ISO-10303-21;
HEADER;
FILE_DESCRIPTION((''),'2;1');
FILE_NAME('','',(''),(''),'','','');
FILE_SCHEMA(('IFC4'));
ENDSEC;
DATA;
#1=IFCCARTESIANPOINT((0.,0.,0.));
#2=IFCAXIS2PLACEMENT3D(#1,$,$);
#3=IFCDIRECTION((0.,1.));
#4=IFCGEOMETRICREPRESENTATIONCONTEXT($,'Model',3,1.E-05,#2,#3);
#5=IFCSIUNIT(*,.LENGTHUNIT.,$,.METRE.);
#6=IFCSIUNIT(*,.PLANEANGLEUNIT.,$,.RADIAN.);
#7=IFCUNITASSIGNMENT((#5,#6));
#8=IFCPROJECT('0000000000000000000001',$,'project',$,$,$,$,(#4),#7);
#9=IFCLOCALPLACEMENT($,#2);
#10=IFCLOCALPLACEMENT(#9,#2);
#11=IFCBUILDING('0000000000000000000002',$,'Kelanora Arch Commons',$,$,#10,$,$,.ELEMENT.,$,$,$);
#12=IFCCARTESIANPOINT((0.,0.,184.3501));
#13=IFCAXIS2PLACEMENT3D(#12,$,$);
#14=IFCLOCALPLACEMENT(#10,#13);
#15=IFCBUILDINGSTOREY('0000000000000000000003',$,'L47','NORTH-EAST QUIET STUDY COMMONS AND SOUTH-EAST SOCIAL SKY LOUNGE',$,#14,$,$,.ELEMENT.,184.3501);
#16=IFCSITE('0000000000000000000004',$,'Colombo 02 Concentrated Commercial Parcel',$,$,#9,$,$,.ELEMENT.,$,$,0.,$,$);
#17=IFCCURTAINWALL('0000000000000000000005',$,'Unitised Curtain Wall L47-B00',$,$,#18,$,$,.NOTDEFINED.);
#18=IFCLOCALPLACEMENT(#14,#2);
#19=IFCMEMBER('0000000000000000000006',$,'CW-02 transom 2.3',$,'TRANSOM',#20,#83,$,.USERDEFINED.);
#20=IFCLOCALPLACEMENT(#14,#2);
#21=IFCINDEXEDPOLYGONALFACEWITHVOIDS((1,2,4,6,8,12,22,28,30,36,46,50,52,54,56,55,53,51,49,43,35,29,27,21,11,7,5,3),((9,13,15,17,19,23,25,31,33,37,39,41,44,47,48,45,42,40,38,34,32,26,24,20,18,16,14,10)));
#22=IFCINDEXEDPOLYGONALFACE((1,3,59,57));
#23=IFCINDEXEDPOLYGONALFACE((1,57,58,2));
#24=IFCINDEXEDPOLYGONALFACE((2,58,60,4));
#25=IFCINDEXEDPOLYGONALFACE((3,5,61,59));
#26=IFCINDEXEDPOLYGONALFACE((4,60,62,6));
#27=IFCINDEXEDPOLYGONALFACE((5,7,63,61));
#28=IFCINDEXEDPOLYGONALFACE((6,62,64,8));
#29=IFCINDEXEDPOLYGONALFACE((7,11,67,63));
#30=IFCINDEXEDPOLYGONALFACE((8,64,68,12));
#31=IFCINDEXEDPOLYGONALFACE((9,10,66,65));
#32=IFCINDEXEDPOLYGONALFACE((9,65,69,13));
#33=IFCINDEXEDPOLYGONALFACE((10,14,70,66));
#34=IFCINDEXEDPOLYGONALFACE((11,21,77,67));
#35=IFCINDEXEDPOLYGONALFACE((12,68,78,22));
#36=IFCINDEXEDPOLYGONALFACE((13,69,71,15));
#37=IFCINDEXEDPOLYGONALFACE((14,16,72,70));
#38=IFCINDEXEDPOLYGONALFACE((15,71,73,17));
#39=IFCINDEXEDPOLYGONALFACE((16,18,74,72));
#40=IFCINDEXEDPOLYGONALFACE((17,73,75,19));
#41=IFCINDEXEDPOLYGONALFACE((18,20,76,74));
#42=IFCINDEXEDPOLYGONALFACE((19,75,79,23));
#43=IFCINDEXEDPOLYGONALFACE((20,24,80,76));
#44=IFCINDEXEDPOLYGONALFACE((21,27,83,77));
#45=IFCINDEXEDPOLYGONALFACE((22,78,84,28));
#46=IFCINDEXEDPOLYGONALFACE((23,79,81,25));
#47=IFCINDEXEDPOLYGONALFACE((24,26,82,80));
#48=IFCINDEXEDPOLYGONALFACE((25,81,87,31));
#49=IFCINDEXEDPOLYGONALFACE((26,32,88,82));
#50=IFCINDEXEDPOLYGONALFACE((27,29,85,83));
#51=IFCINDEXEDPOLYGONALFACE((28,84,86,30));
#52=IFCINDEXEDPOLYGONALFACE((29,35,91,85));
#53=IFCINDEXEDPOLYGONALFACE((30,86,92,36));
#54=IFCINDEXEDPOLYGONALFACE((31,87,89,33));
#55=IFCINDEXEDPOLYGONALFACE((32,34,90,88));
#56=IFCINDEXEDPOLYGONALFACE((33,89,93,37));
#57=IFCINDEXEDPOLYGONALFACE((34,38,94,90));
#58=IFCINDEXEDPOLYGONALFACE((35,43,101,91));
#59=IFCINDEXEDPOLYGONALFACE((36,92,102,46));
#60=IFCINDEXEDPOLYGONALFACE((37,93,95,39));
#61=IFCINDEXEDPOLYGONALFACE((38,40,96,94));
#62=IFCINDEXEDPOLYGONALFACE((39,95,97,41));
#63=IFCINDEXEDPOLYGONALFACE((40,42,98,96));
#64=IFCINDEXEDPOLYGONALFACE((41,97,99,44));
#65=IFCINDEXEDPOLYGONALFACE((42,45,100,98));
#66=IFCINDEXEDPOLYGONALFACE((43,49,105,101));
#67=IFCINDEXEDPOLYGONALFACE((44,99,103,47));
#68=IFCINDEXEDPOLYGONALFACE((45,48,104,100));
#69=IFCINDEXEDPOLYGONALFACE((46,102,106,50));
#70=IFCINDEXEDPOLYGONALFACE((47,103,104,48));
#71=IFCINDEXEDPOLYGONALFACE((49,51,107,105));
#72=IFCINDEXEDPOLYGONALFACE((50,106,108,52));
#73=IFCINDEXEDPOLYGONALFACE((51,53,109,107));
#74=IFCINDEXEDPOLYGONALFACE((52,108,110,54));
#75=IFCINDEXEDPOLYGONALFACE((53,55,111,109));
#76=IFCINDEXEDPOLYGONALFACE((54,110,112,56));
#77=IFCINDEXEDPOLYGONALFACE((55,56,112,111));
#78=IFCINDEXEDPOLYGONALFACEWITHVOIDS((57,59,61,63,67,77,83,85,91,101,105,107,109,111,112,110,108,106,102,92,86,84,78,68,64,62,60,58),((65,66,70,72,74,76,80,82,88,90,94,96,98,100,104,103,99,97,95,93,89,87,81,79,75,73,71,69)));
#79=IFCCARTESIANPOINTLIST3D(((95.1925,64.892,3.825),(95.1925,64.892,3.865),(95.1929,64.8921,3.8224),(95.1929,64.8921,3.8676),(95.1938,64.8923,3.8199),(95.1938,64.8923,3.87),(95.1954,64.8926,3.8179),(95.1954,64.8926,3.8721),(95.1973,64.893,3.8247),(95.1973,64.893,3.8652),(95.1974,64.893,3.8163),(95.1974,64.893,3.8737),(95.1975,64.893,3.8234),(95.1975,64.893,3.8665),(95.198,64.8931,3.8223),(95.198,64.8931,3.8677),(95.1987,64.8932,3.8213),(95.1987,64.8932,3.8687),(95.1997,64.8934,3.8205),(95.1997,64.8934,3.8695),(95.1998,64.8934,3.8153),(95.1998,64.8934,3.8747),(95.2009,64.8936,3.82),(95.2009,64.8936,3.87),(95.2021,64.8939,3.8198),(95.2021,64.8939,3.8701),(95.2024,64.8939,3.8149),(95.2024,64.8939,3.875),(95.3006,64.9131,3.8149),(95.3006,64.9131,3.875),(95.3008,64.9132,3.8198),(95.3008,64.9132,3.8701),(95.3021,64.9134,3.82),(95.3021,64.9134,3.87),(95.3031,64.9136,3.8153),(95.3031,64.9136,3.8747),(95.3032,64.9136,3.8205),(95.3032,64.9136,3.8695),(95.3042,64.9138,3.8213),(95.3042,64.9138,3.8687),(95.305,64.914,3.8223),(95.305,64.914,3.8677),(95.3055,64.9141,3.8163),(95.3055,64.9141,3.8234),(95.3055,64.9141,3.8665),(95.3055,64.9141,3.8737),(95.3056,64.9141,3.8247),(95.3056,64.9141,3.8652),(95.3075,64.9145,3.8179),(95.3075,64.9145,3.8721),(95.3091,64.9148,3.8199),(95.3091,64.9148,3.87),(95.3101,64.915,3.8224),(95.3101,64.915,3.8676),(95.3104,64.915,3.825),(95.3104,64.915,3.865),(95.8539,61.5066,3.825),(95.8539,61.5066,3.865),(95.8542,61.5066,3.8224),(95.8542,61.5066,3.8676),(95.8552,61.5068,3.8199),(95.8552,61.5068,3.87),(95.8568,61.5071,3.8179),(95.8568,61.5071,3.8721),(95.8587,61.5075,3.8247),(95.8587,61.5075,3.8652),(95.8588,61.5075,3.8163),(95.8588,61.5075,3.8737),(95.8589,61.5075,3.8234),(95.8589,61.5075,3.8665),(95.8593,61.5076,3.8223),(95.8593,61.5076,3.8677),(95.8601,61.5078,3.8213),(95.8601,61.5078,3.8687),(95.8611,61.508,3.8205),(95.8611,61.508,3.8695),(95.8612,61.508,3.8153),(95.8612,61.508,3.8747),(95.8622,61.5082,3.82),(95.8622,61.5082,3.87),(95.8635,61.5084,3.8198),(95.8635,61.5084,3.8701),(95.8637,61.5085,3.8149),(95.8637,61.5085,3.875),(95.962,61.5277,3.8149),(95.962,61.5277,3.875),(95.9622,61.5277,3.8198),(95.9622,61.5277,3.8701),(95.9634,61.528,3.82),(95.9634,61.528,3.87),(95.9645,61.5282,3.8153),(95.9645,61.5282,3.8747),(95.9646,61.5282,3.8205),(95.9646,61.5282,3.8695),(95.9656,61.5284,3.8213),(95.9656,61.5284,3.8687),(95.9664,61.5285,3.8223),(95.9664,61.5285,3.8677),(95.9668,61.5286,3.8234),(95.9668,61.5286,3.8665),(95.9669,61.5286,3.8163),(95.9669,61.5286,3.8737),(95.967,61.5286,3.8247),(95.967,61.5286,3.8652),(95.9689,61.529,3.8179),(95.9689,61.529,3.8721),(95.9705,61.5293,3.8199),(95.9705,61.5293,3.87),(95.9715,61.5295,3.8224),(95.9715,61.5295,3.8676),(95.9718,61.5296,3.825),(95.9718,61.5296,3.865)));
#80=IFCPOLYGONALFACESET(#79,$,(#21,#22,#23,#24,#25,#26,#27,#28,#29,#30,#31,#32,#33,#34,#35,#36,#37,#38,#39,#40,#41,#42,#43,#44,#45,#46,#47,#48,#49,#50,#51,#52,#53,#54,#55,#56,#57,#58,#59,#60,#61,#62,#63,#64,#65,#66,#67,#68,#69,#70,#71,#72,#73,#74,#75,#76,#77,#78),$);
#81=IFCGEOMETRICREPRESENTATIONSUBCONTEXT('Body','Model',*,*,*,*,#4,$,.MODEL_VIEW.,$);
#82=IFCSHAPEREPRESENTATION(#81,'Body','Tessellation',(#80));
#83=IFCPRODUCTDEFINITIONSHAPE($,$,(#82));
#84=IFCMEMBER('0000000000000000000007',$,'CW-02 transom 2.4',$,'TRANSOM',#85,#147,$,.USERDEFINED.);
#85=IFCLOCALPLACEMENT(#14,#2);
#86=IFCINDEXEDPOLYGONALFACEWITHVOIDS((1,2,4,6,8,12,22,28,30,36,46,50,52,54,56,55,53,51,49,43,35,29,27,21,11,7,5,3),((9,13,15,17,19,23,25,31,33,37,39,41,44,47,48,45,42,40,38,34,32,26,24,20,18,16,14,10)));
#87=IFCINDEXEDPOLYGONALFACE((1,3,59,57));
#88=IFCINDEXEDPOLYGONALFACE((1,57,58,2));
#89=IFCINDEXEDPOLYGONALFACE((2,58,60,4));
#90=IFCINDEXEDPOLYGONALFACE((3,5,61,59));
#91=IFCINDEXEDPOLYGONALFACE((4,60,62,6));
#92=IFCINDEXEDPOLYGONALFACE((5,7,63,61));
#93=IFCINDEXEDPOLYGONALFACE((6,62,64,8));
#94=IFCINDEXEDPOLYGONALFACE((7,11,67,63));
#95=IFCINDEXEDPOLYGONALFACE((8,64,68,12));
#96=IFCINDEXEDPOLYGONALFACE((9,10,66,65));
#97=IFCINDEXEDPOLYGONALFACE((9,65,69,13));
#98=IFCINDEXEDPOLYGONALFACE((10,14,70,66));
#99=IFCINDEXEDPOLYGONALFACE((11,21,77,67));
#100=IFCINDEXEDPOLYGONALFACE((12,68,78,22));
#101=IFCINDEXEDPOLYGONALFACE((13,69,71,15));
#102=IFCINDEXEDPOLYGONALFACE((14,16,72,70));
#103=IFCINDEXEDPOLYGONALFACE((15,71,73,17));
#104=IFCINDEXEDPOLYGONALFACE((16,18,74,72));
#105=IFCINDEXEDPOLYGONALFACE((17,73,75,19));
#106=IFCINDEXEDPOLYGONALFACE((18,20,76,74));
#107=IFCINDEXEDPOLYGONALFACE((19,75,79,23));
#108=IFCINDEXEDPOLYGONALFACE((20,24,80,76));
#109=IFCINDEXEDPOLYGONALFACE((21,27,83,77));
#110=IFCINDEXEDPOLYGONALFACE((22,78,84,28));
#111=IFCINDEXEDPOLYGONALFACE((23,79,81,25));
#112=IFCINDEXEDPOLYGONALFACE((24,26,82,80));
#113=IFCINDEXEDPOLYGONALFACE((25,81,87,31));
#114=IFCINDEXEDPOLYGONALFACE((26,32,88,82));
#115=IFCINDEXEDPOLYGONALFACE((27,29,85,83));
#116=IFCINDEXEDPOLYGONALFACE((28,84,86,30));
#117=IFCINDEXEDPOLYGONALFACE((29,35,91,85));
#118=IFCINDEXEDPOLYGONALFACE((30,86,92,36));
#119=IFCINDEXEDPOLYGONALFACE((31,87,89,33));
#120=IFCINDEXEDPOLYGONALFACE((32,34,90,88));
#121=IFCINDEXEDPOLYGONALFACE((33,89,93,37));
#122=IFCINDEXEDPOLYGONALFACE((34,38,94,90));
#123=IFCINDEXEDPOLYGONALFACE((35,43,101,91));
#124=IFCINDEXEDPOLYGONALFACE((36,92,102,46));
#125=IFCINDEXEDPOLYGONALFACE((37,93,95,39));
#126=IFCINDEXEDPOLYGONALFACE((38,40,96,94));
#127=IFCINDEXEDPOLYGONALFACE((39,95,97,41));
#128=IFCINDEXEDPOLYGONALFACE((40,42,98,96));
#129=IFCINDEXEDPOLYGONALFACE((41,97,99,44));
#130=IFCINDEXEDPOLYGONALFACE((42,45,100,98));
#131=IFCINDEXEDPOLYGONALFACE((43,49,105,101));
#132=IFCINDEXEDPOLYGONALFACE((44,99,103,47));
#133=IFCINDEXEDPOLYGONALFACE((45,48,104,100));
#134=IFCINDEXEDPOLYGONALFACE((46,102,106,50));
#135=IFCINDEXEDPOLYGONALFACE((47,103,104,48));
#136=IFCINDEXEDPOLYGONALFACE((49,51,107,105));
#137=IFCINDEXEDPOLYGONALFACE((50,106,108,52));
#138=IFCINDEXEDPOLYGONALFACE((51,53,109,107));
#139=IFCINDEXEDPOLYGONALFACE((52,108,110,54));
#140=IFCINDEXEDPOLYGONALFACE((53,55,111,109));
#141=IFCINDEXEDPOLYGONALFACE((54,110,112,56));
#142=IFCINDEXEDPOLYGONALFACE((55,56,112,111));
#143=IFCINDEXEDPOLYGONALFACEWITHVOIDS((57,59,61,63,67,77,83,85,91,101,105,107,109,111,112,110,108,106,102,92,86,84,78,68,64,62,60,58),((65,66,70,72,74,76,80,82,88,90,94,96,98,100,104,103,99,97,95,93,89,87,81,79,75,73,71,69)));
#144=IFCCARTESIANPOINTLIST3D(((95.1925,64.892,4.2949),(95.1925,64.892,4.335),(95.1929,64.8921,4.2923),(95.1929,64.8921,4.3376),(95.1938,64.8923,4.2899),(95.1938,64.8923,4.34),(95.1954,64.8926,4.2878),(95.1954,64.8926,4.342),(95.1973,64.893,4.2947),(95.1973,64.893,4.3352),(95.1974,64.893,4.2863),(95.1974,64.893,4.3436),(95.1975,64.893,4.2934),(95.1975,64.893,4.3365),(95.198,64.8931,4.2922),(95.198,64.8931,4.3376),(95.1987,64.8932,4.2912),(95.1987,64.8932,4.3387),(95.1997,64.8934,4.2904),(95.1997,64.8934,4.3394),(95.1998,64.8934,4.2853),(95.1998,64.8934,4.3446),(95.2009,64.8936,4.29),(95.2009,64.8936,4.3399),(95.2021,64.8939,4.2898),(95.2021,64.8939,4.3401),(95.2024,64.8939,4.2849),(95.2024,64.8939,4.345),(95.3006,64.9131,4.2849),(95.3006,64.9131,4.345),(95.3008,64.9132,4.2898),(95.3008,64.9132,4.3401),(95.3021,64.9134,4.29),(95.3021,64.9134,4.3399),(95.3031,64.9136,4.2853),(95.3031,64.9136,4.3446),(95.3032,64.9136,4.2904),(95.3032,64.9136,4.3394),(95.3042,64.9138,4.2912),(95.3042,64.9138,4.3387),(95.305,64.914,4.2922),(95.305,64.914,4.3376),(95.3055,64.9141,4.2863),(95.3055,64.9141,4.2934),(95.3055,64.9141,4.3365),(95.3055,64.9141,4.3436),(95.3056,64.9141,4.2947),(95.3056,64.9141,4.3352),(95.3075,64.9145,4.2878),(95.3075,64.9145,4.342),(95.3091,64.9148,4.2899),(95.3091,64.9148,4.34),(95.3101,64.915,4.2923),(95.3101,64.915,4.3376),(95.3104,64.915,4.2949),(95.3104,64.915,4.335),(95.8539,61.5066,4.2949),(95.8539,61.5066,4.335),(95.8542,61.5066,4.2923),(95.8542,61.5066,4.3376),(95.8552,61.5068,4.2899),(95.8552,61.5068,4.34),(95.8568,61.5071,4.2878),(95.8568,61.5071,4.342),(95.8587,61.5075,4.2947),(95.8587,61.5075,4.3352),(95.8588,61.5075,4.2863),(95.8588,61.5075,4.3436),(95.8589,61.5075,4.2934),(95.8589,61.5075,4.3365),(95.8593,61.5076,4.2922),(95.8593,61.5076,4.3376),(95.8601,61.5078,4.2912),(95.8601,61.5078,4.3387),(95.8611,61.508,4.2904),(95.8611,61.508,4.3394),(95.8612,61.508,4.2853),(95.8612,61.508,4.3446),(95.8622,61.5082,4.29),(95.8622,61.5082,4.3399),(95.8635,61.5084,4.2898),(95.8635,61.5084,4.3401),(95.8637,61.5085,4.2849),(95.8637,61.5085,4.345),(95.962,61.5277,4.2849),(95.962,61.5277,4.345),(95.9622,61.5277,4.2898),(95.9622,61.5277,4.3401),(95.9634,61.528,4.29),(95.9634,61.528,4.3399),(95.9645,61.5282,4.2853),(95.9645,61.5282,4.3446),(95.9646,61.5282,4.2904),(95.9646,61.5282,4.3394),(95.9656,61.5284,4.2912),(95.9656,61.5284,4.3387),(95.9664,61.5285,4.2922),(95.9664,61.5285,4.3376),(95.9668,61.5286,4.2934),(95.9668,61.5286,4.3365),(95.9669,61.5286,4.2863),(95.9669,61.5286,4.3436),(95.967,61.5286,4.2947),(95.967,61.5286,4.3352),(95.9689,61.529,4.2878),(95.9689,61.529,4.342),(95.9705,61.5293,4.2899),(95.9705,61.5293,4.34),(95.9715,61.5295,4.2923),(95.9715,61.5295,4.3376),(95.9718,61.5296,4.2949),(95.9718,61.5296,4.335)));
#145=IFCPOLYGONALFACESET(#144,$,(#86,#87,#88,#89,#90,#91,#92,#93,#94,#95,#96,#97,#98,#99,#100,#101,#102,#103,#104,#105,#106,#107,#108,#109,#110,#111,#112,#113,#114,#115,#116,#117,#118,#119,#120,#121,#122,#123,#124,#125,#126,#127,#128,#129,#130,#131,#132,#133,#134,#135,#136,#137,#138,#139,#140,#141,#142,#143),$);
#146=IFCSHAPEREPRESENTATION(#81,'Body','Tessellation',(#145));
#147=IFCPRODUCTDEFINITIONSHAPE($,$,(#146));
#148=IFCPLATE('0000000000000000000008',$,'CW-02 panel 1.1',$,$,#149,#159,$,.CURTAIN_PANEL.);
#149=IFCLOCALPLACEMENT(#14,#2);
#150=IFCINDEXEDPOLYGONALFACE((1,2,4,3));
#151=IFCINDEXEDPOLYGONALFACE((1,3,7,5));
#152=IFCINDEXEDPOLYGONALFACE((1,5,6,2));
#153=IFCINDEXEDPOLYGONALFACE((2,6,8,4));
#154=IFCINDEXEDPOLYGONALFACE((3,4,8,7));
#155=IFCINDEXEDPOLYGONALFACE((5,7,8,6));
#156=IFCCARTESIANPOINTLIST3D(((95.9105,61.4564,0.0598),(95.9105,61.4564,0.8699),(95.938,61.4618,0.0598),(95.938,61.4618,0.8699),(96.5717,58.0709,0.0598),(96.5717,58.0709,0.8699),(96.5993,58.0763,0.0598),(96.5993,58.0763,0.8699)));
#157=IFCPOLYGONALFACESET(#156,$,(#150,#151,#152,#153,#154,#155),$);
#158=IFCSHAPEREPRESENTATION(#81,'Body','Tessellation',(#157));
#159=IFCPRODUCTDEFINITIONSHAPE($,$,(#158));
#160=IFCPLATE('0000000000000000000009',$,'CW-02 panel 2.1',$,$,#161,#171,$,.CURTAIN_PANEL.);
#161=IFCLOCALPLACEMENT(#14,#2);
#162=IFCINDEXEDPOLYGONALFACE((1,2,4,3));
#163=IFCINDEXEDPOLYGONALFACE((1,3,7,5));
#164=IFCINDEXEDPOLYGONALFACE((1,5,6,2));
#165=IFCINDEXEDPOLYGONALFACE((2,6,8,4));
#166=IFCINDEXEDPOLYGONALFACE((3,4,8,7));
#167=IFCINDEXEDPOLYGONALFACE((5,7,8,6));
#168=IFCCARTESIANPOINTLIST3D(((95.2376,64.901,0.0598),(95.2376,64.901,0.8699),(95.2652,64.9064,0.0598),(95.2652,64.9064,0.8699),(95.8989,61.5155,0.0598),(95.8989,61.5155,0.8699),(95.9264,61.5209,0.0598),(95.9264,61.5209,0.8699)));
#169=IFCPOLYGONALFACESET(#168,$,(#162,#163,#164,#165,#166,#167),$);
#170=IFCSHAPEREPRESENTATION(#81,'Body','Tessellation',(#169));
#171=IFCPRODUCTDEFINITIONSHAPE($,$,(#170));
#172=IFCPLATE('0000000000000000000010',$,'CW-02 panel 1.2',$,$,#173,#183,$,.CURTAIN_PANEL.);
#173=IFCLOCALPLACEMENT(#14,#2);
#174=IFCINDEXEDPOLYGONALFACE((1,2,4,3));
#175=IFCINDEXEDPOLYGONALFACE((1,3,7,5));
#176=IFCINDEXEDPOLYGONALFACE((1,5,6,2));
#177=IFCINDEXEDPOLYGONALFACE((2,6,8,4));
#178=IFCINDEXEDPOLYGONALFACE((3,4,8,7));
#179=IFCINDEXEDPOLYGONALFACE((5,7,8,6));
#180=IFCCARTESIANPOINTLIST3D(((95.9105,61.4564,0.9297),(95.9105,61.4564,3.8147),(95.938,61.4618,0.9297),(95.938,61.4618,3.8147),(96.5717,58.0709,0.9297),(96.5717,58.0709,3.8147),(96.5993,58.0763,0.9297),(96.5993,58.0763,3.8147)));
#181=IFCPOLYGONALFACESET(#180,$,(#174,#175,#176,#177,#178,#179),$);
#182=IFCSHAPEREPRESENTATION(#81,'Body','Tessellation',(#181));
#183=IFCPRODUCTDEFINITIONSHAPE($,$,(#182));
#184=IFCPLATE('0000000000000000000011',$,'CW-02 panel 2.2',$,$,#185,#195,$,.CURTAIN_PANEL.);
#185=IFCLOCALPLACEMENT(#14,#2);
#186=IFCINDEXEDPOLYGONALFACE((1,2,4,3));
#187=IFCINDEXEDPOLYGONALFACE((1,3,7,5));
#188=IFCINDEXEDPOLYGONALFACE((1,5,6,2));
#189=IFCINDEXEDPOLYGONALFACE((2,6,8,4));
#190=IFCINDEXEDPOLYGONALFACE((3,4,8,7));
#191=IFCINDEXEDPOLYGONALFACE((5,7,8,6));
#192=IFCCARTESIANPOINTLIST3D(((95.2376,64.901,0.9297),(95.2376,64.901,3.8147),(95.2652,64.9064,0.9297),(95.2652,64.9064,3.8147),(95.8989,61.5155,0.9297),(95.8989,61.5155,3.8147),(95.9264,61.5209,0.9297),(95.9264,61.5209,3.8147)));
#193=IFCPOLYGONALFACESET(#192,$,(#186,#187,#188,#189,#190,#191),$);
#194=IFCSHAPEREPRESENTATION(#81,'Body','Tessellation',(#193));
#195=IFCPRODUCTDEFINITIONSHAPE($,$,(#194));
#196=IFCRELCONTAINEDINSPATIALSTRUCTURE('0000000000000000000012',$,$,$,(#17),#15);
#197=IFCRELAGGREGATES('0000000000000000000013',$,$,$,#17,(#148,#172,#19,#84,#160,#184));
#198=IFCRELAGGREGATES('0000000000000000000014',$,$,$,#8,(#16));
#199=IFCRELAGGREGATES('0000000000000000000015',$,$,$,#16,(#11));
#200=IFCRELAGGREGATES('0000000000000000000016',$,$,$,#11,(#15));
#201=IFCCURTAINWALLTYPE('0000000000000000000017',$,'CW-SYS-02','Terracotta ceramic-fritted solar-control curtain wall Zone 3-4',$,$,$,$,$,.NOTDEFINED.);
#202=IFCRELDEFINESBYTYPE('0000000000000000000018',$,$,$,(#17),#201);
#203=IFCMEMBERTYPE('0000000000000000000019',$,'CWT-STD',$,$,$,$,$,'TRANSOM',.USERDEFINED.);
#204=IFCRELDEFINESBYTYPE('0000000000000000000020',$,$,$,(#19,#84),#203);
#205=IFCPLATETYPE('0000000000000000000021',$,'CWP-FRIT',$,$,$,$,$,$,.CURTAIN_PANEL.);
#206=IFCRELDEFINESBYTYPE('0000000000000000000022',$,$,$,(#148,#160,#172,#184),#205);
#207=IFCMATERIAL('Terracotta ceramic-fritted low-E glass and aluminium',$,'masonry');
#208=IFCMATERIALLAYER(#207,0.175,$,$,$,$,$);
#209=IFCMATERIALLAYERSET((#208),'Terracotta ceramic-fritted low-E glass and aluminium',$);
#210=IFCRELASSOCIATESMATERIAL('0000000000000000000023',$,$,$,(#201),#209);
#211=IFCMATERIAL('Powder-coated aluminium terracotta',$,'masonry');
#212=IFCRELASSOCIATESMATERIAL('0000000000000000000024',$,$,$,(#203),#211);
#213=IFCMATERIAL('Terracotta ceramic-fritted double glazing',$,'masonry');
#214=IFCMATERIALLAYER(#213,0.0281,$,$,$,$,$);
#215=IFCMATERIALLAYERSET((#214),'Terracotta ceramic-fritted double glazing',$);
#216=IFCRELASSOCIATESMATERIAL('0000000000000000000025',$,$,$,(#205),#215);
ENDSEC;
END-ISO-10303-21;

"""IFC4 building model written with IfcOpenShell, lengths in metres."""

from ifc_helpers import new_model, si_unit, direction, frame, origin, origin_2d, place, context, subcontext, project, spatial, rectangle, hollow_rectangle, extrude, source, transform, mapped, material, layer, layer_set, material_profile, profile_set, type_object, element, aggregate, save


model = new_model("IFC4")

# Units and contexts
model_context = context("Model", 3, precision=1e-05, world=origin(), true_north=direction((0.0, 1.0)))
body_context = subcontext(model_context, "Body", "Model", "MODEL_VIEW")
ifc_project = project(units=[si_unit("LENGTHUNIT", "METRE"), si_unit("PLANEANGLEUNIT", "RADIAN")], contexts=[model_context])

# Site, building, storey
site_placement = place(None, origin())
site = spatial("IfcSite", under=ifc_project, at=site_placement, Name="Colombo 02 Concentrated Commercial Parcel", CompositionType="ELEMENT", RefElevation=0.0)
building_placement = place(site_placement, origin())
building = spatial("IfcBuilding", under=site, at=building_placement, Name="Kelanora Arch Commons", CompositionType="ELEMENT")
storey_placement = place(building_placement, frame((0.0, 0.0, 184.3501)))
storey = spatial("IfcBuildingStorey", under=building, at=storey_placement, Name="L47", Description="NORTH-EAST QUIET STUDY COMMONS AND SOUTH-EAST SOCIAL SKY LOUNGE", CompositionType="ELEMENT", Elevation=184.3501)

# Curtain wall, members, plates
ifc_material_1 = material(Name="Terracotta ceramic-fritted low-E glass and aluminium", Category="masonry")
ifc_layer_1 = layer(ifc_material_1, 0.175)
ifc_layer_set_1 = layer_set([ifc_layer_1], Name="Terracotta ceramic-fritted low-E glass and aluminium")
curtain_wall_type = type_object("IfcCurtainWallType", Name="CW-SYS-02", Description="Terracotta ceramic-fritted solar-control curtain wall Zone 3-4", PredefinedType="NOTDEFINED", material=ifc_layer_set_1)
curtain_wall_placement = place(storey_placement, origin())
curtain_wall = element("IfcCurtainWall", 1, at=curtain_wall_placement, inside=storey, type_object=curtain_wall_type, Name="Unitised Curtain Wall L47-B00", PredefinedType="NOTDEFINED")
ifc_material_2 = material(Name="Powder-coated aluminium terracotta", Category="masonry")
ifc_material_profile_1 = material_profile(ifc_material_2, hollow_rectangle(XDim=0.1201, YDim=0.0601, WallThickness=0.0049, InnerFilletRadius=0.0049, OuterFilletRadius=0.01, at=origin_2d()), Name="CWT120x60")
ifc_profile_set_1 = profile_set([ifc_material_profile_1], Name="Powder-coated aluminium terracotta")
member_type_1 = type_object("IfcMemberType", Name="CWT-STD", ElementType="TRANSOM", PredefinedType="USERDEFINED", material=ifc_profile_set_1)
member_1_placement = place(storey_placement, frame((95.9128, 61.5181, 3.845), z_axis=(-0.191732, 0.981447, 0.0), x_axis=(-0.981447, -0.191732, 0.0)))
member_1 = element("IfcMember", 2, at=member_1_placement, type_object=member_type_1, Name="CW-02 transom 2.3", ObjectType="TRANSOM", PredefinedType="USERDEFINED", context=body_context, shape_type="SweptSolid", body=[
    extrude(hollow_rectangle(XDim=0.1201, YDim=0.0601, WallThickness=0.0049, InnerFilletRadius=0.0049, OuterFilletRadius=0.01, at=origin_2d()), origin(), (0.0, 0.0, 1.0), 3.4495),
])
member_2_placement = place(storey_placement, frame((95.9128, 61.5181, 4.3149), z_axis=(-0.191732, 0.981447, 0.0), x_axis=(-0.981447, -0.191732, 0.0)))
member_2 = element("IfcMember", 3, at=member_2_placement, type_object=member_type_1, Name="CW-02 transom 2.4", ObjectType="TRANSOM", PredefinedType="USERDEFINED", context=body_context, shape_type="SweptSolid", body=[
    extrude(hollow_rectangle(XDim=0.1201, YDim=0.0601, WallThickness=0.0049, InnerFilletRadius=0.0049, OuterFilletRadius=0.01, at=origin_2d()), origin(), (0.0, 0.0, 1.0), 3.4495),
])
ifc_material_3 = material(Name="Terracotta ceramic-fritted double glazing", Category="masonry")
ifc_layer_2 = layer(ifc_material_3, 0.0281)
ifc_layer_set_2 = layer_set([ifc_layer_2], Name="Terracotta ceramic-fritted double glazing")
plate_type = type_object("IfcPlateType", Name="CWP-FRIT", PredefinedType="CURTAIN_PANEL", material=ifc_layer_set_2)
shared_shape_1 = source(origin(), body_context, "Body", "SweptSolid", [
    extrude(rectangle(XDim=3.4495, YDim=0.0281, at=origin_2d()), origin(), (0.0, 0.0, 1.0), 0.8101),
])
plate_1_placement = place(storey_placement, frame((96.2549, 59.7664, 0.0598), z_axis=(0.0, 0.0, 1.0), x_axis=(-0.191705, 0.981453, 0.0)))
plate_1 = element("IfcPlate", 4, at=plate_1_placement, type_object=plate_type, Name="CW-02 panel 1.1", PredefinedType="CURTAIN_PANEL", context=body_context, shape_type="MappedRepresentation", body=[
    mapped(shared_shape_1, transform((0.0, 0.0, 0.0), scale=1.0)),
])
plate_2_placement = place(storey_placement, frame((95.582, 63.2109, 0.0598), z_axis=(0.0, 0.0, 1.0), x_axis=(-0.191705, 0.981453, 0.0)))
plate_2 = element("IfcPlate", 5, at=plate_2_placement, type_object=plate_type, Name="CW-02 panel 2.1", PredefinedType="CURTAIN_PANEL", context=body_context, shape_type="MappedRepresentation", body=[
    mapped(shared_shape_1, transform((0.0, 0.0, 0.0), scale=1.0)),
])
shared_shape_2 = source(origin(), body_context, "Body", "SweptSolid", [
    extrude(rectangle(XDim=3.4495, YDim=0.0281, at=origin_2d()), origin(), (0.0, 0.0, 1.0), 2.885),
])
plate_3_placement = place(storey_placement, frame((96.2549, 59.7664, 0.9297), z_axis=(0.0, 0.0, 1.0), x_axis=(-0.191705, 0.981453, 0.0)))
plate_3 = element("IfcPlate", 6, at=plate_3_placement, type_object=plate_type, Name="CW-02 panel 1.2", PredefinedType="CURTAIN_PANEL", context=body_context, shape_type="MappedRepresentation", body=[
    mapped(shared_shape_2, transform((0.0, 0.0, 0.0), scale=1.0)),
])
plate_4_placement = place(storey_placement, frame((95.582, 63.2109, 0.9297), z_axis=(0.0, 0.0, 1.0), x_axis=(-0.191705, 0.981453, 0.0)))
plate_4 = element("IfcPlate", 7, at=plate_4_placement, type_object=plate_type, Name="CW-02 panel 2.2", PredefinedType="CURTAIN_PANEL", context=body_context, shape_type="MappedRepresentation", body=[
    mapped(shared_shape_2, transform((0.0, 0.0, 0.0), scale=1.0)),
])
aggregate(curtain_wall, [plate_1, plate_3, member_1, member_2, plate_2, plate_4])

save(model, "model.ifc")
